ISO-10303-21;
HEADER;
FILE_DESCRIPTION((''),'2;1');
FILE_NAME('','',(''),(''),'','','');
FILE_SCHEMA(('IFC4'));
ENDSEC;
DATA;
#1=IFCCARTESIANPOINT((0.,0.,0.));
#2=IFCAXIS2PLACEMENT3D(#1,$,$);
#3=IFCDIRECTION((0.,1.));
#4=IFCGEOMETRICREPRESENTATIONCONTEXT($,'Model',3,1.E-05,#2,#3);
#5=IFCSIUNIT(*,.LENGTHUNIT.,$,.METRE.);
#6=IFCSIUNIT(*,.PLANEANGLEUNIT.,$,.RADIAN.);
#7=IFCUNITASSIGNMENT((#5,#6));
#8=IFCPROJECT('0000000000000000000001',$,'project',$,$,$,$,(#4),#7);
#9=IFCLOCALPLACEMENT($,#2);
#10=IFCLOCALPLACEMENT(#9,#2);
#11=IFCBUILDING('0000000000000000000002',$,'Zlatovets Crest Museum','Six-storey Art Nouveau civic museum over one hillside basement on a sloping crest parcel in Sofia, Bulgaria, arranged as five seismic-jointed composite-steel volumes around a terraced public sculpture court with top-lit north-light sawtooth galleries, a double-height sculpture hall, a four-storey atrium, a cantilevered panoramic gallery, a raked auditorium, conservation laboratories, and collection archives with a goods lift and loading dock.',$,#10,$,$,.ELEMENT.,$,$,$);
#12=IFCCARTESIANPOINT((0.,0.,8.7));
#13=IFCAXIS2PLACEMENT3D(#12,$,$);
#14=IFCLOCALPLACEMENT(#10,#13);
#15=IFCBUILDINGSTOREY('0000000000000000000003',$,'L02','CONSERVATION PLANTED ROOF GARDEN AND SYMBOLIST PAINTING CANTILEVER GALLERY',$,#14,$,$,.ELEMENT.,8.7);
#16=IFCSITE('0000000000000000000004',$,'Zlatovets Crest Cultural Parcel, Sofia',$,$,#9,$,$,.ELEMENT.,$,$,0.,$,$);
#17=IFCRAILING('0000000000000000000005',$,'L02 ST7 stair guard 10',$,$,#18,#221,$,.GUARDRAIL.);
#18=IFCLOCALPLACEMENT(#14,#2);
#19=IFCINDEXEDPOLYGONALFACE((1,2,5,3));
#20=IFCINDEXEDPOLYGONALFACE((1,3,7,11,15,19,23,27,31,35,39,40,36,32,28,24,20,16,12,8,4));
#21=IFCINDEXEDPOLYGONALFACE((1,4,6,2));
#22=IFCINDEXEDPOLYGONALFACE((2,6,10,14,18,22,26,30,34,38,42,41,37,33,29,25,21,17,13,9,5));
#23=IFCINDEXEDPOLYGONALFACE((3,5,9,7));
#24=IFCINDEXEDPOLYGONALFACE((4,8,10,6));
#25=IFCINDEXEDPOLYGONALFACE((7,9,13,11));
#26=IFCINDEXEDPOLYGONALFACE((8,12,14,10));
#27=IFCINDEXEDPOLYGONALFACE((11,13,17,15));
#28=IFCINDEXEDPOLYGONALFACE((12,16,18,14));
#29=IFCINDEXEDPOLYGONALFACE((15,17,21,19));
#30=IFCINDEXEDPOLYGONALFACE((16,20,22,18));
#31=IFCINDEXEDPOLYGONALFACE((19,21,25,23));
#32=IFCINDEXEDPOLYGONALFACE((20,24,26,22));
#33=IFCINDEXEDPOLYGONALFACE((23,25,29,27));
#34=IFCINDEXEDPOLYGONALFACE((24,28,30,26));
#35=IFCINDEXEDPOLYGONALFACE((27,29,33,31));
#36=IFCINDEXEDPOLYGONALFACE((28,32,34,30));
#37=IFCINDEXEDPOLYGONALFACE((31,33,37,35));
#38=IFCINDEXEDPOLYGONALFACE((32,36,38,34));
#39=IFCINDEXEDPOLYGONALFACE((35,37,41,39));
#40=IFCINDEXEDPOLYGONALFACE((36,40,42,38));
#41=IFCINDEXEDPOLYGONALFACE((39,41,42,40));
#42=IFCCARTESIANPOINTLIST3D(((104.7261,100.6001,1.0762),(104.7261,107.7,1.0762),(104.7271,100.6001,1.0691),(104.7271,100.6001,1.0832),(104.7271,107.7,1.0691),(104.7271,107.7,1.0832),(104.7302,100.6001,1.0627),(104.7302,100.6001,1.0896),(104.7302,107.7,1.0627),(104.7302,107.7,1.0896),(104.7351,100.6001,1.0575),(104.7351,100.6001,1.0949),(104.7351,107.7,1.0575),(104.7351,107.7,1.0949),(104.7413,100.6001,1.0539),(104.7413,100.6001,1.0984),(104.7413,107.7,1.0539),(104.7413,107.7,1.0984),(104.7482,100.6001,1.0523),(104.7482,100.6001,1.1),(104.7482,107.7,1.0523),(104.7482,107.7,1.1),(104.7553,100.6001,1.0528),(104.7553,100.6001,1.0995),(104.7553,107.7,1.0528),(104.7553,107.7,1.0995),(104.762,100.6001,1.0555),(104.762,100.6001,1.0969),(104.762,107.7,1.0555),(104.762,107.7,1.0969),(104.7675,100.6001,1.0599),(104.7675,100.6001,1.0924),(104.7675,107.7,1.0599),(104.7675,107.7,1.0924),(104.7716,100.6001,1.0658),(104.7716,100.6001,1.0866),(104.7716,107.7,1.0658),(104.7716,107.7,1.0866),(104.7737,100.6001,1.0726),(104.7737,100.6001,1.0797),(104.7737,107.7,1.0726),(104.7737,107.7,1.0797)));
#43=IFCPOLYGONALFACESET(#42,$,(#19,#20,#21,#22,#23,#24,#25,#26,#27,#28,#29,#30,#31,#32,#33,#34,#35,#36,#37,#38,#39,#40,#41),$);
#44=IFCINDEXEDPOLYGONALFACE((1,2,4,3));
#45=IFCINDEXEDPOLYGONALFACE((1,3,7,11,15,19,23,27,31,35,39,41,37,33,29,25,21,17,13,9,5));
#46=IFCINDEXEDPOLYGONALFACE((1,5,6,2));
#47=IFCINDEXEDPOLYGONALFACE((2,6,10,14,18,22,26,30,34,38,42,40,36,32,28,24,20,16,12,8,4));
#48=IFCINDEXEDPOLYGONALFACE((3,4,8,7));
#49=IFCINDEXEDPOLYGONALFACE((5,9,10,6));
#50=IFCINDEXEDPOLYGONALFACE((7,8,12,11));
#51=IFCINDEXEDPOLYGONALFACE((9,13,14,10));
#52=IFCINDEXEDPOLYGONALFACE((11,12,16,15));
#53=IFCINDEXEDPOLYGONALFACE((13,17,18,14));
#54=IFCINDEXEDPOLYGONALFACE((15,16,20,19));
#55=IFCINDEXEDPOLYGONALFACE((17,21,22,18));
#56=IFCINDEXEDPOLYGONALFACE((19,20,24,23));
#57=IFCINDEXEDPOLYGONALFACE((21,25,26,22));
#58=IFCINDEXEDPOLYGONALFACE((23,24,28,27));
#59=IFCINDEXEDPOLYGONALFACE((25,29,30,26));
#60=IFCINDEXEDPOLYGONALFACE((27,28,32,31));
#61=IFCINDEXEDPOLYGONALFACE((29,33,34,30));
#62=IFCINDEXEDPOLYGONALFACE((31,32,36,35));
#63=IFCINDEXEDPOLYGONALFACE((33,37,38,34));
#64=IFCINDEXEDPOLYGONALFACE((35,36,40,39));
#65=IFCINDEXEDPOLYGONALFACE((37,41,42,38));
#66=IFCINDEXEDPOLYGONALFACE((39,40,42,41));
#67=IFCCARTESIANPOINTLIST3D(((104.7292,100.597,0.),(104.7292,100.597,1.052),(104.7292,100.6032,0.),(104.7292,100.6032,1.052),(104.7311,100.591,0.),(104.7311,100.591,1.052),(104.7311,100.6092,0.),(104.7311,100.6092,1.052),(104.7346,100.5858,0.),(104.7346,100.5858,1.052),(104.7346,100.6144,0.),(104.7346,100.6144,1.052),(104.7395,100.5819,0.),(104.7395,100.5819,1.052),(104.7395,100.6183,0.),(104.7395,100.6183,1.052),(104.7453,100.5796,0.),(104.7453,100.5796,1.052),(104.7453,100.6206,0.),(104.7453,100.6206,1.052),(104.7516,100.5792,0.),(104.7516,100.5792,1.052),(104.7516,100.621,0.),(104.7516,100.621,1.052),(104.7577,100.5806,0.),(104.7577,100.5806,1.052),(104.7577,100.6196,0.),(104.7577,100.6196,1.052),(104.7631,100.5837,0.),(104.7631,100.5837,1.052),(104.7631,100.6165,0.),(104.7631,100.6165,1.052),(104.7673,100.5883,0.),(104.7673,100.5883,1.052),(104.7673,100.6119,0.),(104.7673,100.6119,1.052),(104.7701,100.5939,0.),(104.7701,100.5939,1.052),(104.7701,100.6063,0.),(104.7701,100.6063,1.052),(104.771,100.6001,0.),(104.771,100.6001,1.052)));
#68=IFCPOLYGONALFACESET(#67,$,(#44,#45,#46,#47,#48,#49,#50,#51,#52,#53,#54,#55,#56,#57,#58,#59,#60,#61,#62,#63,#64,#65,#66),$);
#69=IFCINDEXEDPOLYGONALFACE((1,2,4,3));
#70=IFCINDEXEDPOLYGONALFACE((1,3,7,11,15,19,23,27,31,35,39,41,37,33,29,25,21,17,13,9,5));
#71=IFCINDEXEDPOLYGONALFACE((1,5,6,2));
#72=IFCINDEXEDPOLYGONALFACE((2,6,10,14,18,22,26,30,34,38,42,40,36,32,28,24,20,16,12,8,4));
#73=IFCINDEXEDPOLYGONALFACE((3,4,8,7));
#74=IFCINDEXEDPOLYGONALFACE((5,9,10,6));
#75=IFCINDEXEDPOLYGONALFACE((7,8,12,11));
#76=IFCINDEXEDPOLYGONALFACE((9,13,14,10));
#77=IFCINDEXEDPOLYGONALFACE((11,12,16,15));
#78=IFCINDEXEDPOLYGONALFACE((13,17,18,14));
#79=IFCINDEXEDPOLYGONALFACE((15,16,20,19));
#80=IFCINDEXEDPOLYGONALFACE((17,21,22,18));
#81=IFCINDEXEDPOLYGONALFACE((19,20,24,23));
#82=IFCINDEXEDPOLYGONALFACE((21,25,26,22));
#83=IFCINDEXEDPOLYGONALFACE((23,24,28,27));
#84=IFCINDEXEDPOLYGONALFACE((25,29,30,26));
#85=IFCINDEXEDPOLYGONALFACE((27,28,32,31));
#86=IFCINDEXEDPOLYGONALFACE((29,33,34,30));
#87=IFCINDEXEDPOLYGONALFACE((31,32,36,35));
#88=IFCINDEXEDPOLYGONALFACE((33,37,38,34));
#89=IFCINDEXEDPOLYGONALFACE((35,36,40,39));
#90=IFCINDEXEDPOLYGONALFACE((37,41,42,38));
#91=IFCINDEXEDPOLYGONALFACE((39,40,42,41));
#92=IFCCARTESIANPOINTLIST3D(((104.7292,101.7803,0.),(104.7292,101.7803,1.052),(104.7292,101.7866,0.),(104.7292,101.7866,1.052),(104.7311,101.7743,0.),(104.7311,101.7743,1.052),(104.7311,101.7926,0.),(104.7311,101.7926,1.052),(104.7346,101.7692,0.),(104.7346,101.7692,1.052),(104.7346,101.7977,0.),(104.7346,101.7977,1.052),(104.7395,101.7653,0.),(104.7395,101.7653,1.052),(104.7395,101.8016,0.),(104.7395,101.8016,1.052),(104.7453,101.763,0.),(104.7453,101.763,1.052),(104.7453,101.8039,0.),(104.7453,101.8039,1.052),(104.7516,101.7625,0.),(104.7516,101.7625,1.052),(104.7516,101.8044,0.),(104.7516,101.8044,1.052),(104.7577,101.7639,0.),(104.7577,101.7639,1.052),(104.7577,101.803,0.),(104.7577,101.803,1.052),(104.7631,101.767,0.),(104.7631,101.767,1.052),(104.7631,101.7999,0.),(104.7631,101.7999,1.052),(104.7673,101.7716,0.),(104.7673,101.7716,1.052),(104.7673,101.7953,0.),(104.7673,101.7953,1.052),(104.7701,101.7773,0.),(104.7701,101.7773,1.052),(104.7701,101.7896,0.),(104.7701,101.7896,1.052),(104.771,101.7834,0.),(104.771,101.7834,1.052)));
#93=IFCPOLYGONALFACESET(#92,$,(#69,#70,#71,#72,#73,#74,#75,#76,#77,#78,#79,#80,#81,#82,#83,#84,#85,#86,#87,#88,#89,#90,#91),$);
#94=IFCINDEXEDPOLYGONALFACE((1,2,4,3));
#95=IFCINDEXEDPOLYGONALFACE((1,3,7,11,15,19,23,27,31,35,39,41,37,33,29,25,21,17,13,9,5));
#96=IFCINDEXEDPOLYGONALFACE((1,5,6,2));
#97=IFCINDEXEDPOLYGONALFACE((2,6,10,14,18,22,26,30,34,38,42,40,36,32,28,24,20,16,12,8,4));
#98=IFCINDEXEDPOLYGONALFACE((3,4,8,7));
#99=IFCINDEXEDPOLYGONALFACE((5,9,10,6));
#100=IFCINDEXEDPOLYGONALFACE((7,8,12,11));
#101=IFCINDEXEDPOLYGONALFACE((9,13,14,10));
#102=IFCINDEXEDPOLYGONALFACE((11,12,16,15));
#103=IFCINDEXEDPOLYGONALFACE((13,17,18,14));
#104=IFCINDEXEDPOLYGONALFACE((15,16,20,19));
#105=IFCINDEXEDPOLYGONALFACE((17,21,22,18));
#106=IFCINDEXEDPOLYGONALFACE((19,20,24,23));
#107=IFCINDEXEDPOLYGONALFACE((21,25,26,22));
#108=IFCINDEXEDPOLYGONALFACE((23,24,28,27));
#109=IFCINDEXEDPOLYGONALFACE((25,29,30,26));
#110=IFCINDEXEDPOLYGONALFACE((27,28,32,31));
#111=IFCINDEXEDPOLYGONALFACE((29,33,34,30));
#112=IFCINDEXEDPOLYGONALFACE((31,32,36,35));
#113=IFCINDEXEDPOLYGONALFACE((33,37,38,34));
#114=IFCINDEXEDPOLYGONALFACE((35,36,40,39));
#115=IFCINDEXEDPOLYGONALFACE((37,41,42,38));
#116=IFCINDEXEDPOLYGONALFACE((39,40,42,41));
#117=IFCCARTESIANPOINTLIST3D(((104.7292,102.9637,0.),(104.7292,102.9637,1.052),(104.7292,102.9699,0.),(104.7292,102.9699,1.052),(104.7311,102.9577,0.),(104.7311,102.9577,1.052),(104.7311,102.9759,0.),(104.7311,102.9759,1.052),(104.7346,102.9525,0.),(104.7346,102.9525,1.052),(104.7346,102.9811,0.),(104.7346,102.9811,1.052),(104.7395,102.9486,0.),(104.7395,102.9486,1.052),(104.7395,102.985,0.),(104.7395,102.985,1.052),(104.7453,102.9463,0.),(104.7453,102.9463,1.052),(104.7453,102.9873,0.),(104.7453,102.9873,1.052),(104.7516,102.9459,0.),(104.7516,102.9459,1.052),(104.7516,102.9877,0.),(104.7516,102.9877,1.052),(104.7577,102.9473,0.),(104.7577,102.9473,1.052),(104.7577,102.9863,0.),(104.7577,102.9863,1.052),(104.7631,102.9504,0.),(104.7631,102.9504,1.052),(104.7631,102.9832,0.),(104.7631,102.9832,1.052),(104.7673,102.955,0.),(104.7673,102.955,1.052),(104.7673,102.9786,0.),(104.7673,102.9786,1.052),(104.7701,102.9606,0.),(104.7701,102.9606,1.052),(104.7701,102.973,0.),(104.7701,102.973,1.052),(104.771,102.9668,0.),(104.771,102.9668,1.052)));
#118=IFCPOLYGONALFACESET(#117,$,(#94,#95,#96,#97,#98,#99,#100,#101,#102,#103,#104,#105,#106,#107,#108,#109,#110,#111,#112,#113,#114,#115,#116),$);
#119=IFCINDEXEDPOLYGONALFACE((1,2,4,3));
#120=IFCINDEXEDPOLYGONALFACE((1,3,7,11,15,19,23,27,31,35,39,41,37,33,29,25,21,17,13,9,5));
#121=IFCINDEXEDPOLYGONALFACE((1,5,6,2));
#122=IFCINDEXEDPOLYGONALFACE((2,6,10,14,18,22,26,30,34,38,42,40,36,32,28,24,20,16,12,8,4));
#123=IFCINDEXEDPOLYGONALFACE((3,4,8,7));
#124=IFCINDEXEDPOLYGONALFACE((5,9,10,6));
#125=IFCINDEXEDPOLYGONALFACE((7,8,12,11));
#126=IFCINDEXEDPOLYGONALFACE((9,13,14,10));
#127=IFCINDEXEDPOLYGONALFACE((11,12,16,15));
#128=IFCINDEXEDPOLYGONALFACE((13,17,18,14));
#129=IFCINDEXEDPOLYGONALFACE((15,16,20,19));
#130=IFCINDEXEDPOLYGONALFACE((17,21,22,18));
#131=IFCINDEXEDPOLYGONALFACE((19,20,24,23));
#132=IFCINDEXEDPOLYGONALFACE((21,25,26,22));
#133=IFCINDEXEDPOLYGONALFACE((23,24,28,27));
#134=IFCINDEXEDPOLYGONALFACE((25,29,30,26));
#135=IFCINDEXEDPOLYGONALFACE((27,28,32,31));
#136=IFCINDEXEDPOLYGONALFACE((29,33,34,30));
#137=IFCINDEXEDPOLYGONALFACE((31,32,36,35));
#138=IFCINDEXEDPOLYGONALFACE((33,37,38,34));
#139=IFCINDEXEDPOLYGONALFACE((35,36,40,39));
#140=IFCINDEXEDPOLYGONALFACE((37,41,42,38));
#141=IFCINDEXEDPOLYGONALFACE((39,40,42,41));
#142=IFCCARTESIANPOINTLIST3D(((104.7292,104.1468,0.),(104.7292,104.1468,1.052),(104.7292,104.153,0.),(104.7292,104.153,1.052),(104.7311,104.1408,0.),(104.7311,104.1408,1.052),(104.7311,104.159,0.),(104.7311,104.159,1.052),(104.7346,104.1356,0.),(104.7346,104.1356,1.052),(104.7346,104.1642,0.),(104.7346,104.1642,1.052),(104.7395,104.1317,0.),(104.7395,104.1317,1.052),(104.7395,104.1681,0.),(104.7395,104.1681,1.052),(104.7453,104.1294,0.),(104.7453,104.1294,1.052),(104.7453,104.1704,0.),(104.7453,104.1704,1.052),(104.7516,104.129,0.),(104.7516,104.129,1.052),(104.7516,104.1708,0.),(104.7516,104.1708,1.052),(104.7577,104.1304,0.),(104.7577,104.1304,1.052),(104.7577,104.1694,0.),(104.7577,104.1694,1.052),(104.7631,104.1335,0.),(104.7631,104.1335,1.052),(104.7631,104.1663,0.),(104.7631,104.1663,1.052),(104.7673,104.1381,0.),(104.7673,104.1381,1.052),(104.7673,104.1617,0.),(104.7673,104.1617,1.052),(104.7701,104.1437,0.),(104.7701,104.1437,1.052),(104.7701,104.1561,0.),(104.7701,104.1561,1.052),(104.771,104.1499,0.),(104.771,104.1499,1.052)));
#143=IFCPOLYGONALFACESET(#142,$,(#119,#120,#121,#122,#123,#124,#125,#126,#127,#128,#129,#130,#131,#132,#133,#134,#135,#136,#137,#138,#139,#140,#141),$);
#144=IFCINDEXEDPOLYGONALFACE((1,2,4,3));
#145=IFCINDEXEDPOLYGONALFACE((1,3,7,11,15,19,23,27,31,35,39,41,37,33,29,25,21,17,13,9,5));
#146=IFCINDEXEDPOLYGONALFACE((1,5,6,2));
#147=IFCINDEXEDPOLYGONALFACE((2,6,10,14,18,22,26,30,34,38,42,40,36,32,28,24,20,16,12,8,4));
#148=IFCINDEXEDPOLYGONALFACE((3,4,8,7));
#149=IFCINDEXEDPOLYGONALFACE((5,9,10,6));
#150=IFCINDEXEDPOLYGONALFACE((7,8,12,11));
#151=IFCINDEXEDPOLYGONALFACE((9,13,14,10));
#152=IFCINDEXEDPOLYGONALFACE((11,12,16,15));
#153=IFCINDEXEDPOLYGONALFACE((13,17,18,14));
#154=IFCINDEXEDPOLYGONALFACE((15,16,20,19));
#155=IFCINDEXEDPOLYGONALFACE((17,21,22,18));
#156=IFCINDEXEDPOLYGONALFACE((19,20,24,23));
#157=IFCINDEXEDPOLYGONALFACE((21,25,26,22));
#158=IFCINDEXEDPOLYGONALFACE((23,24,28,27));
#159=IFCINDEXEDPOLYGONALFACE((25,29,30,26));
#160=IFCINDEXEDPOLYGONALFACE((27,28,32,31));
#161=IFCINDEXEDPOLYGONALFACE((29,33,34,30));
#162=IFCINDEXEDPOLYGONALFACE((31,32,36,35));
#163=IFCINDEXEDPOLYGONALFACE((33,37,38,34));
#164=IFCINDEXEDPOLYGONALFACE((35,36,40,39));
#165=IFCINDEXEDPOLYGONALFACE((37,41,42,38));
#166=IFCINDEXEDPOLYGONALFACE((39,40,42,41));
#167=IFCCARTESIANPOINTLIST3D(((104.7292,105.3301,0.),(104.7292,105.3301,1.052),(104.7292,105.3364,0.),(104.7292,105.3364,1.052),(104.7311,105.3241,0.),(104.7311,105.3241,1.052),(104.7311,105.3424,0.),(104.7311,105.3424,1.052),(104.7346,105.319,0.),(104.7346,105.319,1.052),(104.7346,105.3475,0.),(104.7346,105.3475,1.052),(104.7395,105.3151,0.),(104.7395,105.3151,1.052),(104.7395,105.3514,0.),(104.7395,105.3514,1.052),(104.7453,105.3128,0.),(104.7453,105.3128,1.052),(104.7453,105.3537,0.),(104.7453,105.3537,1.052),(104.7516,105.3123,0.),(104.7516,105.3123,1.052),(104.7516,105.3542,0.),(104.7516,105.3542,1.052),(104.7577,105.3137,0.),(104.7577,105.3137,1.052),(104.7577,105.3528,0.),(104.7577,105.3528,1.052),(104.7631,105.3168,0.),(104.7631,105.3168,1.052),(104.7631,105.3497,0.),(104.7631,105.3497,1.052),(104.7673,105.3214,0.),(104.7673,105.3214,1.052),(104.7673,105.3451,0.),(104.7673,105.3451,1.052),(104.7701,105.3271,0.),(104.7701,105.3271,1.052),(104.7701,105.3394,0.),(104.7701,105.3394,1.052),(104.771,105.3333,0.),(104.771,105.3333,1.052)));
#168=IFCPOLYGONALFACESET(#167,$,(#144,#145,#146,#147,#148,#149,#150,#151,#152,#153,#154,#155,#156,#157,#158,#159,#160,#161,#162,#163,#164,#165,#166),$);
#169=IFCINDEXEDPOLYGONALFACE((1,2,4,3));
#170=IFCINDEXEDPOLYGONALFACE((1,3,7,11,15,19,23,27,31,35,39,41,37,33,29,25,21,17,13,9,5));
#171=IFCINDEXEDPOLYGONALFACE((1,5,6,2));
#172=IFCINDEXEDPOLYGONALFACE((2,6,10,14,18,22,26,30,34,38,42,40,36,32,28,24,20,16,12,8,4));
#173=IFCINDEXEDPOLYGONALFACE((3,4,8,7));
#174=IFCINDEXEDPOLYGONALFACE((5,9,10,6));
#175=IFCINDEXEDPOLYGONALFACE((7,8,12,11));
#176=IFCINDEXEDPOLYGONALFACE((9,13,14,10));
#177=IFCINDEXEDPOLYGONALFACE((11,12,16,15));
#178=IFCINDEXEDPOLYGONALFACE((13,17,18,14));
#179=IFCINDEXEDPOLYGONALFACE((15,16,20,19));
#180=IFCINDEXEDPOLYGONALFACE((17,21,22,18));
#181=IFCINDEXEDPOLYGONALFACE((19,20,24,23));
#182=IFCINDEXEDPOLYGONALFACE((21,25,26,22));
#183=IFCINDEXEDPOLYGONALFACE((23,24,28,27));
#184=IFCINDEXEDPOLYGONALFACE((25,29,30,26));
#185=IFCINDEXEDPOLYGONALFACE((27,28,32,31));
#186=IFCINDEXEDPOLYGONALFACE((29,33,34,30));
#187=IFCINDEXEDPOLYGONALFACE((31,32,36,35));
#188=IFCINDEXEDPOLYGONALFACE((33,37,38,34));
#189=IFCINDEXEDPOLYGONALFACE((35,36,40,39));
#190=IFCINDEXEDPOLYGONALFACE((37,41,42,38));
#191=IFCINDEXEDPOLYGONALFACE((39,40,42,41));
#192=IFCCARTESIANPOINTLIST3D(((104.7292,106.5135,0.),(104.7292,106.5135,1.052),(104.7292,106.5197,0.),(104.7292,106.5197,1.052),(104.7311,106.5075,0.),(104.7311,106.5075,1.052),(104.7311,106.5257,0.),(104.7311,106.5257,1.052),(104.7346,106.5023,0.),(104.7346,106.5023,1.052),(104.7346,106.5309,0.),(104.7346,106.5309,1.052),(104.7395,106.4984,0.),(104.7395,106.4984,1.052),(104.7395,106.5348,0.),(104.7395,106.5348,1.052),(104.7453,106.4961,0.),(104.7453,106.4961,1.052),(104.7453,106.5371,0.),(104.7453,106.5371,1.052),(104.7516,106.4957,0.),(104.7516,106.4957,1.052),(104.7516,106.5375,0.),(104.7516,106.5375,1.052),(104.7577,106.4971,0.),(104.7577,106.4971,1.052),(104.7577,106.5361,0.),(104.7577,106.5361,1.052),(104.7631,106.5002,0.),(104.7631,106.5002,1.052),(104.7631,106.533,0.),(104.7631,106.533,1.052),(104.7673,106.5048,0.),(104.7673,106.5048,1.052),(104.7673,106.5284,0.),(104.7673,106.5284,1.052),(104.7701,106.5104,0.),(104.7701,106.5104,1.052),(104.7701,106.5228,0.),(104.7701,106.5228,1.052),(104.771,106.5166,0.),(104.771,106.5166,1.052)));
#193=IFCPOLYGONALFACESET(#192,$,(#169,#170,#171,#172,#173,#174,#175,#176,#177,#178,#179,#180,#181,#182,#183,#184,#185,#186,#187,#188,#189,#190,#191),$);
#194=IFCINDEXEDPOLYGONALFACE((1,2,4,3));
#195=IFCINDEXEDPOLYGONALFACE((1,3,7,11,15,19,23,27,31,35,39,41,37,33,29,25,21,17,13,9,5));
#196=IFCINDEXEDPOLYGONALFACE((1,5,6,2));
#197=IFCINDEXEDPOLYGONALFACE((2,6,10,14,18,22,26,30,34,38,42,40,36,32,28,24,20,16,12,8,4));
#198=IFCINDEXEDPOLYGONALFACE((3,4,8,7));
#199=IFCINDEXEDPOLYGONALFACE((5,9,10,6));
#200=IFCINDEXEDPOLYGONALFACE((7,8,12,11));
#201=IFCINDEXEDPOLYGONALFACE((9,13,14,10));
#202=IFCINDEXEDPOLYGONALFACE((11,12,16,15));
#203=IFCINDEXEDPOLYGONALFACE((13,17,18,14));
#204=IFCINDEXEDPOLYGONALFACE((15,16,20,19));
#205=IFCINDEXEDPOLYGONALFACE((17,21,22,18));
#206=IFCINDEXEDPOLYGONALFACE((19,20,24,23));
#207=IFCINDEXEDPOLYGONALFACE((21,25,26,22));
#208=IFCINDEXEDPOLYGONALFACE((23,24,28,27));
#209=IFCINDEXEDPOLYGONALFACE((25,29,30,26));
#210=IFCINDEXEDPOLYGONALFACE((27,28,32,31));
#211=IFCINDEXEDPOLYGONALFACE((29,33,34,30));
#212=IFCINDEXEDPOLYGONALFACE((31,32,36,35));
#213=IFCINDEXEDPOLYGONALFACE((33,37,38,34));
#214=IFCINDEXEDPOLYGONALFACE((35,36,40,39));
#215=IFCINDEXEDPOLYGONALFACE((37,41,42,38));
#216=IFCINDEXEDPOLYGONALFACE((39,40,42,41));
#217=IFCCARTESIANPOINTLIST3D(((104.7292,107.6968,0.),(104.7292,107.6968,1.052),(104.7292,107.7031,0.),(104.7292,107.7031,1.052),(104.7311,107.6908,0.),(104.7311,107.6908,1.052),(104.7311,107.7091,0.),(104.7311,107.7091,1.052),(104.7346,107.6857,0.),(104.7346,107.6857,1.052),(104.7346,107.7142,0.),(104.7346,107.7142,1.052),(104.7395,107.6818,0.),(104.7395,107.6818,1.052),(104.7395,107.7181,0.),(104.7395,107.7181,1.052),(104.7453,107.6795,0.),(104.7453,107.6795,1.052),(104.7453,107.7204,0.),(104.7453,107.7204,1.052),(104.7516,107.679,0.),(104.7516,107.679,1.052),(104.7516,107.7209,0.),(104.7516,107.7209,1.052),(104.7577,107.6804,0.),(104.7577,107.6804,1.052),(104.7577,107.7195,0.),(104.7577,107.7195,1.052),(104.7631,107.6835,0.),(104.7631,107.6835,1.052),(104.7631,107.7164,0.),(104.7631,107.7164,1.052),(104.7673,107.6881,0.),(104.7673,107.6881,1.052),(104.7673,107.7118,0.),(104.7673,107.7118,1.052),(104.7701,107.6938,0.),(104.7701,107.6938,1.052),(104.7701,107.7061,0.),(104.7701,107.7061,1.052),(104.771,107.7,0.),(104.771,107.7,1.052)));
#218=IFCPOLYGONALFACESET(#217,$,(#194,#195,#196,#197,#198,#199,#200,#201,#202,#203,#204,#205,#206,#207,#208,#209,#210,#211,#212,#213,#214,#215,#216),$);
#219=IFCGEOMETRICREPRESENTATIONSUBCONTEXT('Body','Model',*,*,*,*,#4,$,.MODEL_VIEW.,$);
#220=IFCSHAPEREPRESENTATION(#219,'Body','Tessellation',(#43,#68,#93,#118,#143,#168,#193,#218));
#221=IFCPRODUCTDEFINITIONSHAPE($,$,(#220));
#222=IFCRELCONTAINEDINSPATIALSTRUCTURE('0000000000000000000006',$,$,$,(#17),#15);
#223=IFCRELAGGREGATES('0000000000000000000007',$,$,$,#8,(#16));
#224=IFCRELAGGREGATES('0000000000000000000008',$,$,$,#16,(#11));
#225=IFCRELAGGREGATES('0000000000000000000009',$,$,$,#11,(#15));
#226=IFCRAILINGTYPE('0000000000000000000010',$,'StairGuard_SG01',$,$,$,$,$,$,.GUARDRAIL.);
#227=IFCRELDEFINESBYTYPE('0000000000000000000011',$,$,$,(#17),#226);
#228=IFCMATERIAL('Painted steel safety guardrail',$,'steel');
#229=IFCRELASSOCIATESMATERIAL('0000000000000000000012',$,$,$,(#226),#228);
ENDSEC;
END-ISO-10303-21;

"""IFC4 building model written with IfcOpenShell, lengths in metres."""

from ifc_helpers import new_model, si_unit, direction, frame, origin, origin_2d, place, context, subcontext, project, spatial, circle, extrude, material, type_object, element, save


model = new_model("IFC4")

# Units and contexts
model_context = context("Model", 3, precision=1e-05, world=origin(), true_north=direction((0.0, 1.0)))
body_context = subcontext(model_context, "Body", "Model", "MODEL_VIEW")
ifc_project = project(units=[si_unit("LENGTHUNIT", "METRE"), si_unit("PLANEANGLEUNIT", "RADIAN")], contexts=[model_context])

# Site, building, storey
site_placement = place(None, origin())
site = spatial("IfcSite", under=ifc_project, at=site_placement, Name="Zlatovets Crest Cultural Parcel, Sofia", CompositionType="ELEMENT", RefElevation=0.0)
building_placement = place(site_placement, origin())
building = spatial("IfcBuilding", under=site, at=building_placement, Name="Zlatovets Crest Museum", Description="Six-storey Art Nouveau civic museum over one hillside basement on a sloping crest parcel in Sofia, Bulgaria, arranged as five seismic-jointed composite-steel volumes around a terraced public sculpture court with top-lit north-light sawtooth galleries, a double-height sculpture hall, a four-storey atrium, a cantilevered panoramic gallery, a raked auditorium, conservation laboratories, and collection archives with a goods lift and loading dock.", CompositionType="ELEMENT")
storey_placement = place(building_placement, frame((0.0, 0.0, 8.7)))
storey = spatial("IfcBuildingStorey", under=building, at=storey_placement, Name="L02", Description="CONSERVATION PLANTED ROOF GARDEN AND SYMBOLIST PAINTING CANTILEVER GALLERY", CompositionType="ELEMENT", Elevation=8.7)

# Railing
ifc_material_1 = material(Name="Painted steel safety guardrail", Category="steel")
railing_type_1 = type_object("IfcRailingType", Name="StairGuard_SG01", PredefinedType="GUARDRAIL", material=ifc_material_1)
railing_1_placement = place(storey_placement, frame((104.75, 100.6001, 0.0)))
element("IfcRailing", 1, at=railing_1_placement, inside=storey, type_object=railing_type_1, Name="L02 ST7 stair guard 10", PredefinedType="GUARDRAIL", context=body_context, shape_type="SweptSolid", body=[
    extrude(circle(Radius=0.0239, at=origin_2d()), frame((0.0, 0.0, 1.0762), z_axis=(0.0, 1.0, 0.0), x_axis=(-1.0, 0.0, 0.0)), (0.0, 0.0, 1.0), 7.0999),
    extrude(circle(Radius=0.021, at=origin_2d()), origin(), (0.0, 0.0, 1.0), 1.052),
    extrude(circle(Radius=0.021, at=origin_2d()), frame((0.0, 1.1833, 0.0)), (0.0, 0.0, 1.0), 1.052),
    extrude(circle(Radius=0.021, at=origin_2d()), frame((0.0, 2.3667, 0.0)), (0.0, 0.0, 1.0), 1.052),
    extrude(circle(Radius=0.021, at=origin_2d()), frame((0.0, 3.5498, 0.0)), (0.0, 0.0, 1.0), 1.052),
    extrude(circle(Radius=0.021, at=origin_2d()), frame((0.0, 4.7332, 0.0)), (0.0, 0.0, 1.0), 1.052),
    extrude(circle(Radius=0.021, at=origin_2d()), frame((0.0, 5.9165, 0.0)), (0.0, 0.0, 1.0), 1.052),
    extrude(circle(Radius=0.021, at=origin_2d()), frame((0.0, 7.0999, 0.0)), (0.0, 0.0, 1.0), 1.052),
])

save(model, "model.ifc")
